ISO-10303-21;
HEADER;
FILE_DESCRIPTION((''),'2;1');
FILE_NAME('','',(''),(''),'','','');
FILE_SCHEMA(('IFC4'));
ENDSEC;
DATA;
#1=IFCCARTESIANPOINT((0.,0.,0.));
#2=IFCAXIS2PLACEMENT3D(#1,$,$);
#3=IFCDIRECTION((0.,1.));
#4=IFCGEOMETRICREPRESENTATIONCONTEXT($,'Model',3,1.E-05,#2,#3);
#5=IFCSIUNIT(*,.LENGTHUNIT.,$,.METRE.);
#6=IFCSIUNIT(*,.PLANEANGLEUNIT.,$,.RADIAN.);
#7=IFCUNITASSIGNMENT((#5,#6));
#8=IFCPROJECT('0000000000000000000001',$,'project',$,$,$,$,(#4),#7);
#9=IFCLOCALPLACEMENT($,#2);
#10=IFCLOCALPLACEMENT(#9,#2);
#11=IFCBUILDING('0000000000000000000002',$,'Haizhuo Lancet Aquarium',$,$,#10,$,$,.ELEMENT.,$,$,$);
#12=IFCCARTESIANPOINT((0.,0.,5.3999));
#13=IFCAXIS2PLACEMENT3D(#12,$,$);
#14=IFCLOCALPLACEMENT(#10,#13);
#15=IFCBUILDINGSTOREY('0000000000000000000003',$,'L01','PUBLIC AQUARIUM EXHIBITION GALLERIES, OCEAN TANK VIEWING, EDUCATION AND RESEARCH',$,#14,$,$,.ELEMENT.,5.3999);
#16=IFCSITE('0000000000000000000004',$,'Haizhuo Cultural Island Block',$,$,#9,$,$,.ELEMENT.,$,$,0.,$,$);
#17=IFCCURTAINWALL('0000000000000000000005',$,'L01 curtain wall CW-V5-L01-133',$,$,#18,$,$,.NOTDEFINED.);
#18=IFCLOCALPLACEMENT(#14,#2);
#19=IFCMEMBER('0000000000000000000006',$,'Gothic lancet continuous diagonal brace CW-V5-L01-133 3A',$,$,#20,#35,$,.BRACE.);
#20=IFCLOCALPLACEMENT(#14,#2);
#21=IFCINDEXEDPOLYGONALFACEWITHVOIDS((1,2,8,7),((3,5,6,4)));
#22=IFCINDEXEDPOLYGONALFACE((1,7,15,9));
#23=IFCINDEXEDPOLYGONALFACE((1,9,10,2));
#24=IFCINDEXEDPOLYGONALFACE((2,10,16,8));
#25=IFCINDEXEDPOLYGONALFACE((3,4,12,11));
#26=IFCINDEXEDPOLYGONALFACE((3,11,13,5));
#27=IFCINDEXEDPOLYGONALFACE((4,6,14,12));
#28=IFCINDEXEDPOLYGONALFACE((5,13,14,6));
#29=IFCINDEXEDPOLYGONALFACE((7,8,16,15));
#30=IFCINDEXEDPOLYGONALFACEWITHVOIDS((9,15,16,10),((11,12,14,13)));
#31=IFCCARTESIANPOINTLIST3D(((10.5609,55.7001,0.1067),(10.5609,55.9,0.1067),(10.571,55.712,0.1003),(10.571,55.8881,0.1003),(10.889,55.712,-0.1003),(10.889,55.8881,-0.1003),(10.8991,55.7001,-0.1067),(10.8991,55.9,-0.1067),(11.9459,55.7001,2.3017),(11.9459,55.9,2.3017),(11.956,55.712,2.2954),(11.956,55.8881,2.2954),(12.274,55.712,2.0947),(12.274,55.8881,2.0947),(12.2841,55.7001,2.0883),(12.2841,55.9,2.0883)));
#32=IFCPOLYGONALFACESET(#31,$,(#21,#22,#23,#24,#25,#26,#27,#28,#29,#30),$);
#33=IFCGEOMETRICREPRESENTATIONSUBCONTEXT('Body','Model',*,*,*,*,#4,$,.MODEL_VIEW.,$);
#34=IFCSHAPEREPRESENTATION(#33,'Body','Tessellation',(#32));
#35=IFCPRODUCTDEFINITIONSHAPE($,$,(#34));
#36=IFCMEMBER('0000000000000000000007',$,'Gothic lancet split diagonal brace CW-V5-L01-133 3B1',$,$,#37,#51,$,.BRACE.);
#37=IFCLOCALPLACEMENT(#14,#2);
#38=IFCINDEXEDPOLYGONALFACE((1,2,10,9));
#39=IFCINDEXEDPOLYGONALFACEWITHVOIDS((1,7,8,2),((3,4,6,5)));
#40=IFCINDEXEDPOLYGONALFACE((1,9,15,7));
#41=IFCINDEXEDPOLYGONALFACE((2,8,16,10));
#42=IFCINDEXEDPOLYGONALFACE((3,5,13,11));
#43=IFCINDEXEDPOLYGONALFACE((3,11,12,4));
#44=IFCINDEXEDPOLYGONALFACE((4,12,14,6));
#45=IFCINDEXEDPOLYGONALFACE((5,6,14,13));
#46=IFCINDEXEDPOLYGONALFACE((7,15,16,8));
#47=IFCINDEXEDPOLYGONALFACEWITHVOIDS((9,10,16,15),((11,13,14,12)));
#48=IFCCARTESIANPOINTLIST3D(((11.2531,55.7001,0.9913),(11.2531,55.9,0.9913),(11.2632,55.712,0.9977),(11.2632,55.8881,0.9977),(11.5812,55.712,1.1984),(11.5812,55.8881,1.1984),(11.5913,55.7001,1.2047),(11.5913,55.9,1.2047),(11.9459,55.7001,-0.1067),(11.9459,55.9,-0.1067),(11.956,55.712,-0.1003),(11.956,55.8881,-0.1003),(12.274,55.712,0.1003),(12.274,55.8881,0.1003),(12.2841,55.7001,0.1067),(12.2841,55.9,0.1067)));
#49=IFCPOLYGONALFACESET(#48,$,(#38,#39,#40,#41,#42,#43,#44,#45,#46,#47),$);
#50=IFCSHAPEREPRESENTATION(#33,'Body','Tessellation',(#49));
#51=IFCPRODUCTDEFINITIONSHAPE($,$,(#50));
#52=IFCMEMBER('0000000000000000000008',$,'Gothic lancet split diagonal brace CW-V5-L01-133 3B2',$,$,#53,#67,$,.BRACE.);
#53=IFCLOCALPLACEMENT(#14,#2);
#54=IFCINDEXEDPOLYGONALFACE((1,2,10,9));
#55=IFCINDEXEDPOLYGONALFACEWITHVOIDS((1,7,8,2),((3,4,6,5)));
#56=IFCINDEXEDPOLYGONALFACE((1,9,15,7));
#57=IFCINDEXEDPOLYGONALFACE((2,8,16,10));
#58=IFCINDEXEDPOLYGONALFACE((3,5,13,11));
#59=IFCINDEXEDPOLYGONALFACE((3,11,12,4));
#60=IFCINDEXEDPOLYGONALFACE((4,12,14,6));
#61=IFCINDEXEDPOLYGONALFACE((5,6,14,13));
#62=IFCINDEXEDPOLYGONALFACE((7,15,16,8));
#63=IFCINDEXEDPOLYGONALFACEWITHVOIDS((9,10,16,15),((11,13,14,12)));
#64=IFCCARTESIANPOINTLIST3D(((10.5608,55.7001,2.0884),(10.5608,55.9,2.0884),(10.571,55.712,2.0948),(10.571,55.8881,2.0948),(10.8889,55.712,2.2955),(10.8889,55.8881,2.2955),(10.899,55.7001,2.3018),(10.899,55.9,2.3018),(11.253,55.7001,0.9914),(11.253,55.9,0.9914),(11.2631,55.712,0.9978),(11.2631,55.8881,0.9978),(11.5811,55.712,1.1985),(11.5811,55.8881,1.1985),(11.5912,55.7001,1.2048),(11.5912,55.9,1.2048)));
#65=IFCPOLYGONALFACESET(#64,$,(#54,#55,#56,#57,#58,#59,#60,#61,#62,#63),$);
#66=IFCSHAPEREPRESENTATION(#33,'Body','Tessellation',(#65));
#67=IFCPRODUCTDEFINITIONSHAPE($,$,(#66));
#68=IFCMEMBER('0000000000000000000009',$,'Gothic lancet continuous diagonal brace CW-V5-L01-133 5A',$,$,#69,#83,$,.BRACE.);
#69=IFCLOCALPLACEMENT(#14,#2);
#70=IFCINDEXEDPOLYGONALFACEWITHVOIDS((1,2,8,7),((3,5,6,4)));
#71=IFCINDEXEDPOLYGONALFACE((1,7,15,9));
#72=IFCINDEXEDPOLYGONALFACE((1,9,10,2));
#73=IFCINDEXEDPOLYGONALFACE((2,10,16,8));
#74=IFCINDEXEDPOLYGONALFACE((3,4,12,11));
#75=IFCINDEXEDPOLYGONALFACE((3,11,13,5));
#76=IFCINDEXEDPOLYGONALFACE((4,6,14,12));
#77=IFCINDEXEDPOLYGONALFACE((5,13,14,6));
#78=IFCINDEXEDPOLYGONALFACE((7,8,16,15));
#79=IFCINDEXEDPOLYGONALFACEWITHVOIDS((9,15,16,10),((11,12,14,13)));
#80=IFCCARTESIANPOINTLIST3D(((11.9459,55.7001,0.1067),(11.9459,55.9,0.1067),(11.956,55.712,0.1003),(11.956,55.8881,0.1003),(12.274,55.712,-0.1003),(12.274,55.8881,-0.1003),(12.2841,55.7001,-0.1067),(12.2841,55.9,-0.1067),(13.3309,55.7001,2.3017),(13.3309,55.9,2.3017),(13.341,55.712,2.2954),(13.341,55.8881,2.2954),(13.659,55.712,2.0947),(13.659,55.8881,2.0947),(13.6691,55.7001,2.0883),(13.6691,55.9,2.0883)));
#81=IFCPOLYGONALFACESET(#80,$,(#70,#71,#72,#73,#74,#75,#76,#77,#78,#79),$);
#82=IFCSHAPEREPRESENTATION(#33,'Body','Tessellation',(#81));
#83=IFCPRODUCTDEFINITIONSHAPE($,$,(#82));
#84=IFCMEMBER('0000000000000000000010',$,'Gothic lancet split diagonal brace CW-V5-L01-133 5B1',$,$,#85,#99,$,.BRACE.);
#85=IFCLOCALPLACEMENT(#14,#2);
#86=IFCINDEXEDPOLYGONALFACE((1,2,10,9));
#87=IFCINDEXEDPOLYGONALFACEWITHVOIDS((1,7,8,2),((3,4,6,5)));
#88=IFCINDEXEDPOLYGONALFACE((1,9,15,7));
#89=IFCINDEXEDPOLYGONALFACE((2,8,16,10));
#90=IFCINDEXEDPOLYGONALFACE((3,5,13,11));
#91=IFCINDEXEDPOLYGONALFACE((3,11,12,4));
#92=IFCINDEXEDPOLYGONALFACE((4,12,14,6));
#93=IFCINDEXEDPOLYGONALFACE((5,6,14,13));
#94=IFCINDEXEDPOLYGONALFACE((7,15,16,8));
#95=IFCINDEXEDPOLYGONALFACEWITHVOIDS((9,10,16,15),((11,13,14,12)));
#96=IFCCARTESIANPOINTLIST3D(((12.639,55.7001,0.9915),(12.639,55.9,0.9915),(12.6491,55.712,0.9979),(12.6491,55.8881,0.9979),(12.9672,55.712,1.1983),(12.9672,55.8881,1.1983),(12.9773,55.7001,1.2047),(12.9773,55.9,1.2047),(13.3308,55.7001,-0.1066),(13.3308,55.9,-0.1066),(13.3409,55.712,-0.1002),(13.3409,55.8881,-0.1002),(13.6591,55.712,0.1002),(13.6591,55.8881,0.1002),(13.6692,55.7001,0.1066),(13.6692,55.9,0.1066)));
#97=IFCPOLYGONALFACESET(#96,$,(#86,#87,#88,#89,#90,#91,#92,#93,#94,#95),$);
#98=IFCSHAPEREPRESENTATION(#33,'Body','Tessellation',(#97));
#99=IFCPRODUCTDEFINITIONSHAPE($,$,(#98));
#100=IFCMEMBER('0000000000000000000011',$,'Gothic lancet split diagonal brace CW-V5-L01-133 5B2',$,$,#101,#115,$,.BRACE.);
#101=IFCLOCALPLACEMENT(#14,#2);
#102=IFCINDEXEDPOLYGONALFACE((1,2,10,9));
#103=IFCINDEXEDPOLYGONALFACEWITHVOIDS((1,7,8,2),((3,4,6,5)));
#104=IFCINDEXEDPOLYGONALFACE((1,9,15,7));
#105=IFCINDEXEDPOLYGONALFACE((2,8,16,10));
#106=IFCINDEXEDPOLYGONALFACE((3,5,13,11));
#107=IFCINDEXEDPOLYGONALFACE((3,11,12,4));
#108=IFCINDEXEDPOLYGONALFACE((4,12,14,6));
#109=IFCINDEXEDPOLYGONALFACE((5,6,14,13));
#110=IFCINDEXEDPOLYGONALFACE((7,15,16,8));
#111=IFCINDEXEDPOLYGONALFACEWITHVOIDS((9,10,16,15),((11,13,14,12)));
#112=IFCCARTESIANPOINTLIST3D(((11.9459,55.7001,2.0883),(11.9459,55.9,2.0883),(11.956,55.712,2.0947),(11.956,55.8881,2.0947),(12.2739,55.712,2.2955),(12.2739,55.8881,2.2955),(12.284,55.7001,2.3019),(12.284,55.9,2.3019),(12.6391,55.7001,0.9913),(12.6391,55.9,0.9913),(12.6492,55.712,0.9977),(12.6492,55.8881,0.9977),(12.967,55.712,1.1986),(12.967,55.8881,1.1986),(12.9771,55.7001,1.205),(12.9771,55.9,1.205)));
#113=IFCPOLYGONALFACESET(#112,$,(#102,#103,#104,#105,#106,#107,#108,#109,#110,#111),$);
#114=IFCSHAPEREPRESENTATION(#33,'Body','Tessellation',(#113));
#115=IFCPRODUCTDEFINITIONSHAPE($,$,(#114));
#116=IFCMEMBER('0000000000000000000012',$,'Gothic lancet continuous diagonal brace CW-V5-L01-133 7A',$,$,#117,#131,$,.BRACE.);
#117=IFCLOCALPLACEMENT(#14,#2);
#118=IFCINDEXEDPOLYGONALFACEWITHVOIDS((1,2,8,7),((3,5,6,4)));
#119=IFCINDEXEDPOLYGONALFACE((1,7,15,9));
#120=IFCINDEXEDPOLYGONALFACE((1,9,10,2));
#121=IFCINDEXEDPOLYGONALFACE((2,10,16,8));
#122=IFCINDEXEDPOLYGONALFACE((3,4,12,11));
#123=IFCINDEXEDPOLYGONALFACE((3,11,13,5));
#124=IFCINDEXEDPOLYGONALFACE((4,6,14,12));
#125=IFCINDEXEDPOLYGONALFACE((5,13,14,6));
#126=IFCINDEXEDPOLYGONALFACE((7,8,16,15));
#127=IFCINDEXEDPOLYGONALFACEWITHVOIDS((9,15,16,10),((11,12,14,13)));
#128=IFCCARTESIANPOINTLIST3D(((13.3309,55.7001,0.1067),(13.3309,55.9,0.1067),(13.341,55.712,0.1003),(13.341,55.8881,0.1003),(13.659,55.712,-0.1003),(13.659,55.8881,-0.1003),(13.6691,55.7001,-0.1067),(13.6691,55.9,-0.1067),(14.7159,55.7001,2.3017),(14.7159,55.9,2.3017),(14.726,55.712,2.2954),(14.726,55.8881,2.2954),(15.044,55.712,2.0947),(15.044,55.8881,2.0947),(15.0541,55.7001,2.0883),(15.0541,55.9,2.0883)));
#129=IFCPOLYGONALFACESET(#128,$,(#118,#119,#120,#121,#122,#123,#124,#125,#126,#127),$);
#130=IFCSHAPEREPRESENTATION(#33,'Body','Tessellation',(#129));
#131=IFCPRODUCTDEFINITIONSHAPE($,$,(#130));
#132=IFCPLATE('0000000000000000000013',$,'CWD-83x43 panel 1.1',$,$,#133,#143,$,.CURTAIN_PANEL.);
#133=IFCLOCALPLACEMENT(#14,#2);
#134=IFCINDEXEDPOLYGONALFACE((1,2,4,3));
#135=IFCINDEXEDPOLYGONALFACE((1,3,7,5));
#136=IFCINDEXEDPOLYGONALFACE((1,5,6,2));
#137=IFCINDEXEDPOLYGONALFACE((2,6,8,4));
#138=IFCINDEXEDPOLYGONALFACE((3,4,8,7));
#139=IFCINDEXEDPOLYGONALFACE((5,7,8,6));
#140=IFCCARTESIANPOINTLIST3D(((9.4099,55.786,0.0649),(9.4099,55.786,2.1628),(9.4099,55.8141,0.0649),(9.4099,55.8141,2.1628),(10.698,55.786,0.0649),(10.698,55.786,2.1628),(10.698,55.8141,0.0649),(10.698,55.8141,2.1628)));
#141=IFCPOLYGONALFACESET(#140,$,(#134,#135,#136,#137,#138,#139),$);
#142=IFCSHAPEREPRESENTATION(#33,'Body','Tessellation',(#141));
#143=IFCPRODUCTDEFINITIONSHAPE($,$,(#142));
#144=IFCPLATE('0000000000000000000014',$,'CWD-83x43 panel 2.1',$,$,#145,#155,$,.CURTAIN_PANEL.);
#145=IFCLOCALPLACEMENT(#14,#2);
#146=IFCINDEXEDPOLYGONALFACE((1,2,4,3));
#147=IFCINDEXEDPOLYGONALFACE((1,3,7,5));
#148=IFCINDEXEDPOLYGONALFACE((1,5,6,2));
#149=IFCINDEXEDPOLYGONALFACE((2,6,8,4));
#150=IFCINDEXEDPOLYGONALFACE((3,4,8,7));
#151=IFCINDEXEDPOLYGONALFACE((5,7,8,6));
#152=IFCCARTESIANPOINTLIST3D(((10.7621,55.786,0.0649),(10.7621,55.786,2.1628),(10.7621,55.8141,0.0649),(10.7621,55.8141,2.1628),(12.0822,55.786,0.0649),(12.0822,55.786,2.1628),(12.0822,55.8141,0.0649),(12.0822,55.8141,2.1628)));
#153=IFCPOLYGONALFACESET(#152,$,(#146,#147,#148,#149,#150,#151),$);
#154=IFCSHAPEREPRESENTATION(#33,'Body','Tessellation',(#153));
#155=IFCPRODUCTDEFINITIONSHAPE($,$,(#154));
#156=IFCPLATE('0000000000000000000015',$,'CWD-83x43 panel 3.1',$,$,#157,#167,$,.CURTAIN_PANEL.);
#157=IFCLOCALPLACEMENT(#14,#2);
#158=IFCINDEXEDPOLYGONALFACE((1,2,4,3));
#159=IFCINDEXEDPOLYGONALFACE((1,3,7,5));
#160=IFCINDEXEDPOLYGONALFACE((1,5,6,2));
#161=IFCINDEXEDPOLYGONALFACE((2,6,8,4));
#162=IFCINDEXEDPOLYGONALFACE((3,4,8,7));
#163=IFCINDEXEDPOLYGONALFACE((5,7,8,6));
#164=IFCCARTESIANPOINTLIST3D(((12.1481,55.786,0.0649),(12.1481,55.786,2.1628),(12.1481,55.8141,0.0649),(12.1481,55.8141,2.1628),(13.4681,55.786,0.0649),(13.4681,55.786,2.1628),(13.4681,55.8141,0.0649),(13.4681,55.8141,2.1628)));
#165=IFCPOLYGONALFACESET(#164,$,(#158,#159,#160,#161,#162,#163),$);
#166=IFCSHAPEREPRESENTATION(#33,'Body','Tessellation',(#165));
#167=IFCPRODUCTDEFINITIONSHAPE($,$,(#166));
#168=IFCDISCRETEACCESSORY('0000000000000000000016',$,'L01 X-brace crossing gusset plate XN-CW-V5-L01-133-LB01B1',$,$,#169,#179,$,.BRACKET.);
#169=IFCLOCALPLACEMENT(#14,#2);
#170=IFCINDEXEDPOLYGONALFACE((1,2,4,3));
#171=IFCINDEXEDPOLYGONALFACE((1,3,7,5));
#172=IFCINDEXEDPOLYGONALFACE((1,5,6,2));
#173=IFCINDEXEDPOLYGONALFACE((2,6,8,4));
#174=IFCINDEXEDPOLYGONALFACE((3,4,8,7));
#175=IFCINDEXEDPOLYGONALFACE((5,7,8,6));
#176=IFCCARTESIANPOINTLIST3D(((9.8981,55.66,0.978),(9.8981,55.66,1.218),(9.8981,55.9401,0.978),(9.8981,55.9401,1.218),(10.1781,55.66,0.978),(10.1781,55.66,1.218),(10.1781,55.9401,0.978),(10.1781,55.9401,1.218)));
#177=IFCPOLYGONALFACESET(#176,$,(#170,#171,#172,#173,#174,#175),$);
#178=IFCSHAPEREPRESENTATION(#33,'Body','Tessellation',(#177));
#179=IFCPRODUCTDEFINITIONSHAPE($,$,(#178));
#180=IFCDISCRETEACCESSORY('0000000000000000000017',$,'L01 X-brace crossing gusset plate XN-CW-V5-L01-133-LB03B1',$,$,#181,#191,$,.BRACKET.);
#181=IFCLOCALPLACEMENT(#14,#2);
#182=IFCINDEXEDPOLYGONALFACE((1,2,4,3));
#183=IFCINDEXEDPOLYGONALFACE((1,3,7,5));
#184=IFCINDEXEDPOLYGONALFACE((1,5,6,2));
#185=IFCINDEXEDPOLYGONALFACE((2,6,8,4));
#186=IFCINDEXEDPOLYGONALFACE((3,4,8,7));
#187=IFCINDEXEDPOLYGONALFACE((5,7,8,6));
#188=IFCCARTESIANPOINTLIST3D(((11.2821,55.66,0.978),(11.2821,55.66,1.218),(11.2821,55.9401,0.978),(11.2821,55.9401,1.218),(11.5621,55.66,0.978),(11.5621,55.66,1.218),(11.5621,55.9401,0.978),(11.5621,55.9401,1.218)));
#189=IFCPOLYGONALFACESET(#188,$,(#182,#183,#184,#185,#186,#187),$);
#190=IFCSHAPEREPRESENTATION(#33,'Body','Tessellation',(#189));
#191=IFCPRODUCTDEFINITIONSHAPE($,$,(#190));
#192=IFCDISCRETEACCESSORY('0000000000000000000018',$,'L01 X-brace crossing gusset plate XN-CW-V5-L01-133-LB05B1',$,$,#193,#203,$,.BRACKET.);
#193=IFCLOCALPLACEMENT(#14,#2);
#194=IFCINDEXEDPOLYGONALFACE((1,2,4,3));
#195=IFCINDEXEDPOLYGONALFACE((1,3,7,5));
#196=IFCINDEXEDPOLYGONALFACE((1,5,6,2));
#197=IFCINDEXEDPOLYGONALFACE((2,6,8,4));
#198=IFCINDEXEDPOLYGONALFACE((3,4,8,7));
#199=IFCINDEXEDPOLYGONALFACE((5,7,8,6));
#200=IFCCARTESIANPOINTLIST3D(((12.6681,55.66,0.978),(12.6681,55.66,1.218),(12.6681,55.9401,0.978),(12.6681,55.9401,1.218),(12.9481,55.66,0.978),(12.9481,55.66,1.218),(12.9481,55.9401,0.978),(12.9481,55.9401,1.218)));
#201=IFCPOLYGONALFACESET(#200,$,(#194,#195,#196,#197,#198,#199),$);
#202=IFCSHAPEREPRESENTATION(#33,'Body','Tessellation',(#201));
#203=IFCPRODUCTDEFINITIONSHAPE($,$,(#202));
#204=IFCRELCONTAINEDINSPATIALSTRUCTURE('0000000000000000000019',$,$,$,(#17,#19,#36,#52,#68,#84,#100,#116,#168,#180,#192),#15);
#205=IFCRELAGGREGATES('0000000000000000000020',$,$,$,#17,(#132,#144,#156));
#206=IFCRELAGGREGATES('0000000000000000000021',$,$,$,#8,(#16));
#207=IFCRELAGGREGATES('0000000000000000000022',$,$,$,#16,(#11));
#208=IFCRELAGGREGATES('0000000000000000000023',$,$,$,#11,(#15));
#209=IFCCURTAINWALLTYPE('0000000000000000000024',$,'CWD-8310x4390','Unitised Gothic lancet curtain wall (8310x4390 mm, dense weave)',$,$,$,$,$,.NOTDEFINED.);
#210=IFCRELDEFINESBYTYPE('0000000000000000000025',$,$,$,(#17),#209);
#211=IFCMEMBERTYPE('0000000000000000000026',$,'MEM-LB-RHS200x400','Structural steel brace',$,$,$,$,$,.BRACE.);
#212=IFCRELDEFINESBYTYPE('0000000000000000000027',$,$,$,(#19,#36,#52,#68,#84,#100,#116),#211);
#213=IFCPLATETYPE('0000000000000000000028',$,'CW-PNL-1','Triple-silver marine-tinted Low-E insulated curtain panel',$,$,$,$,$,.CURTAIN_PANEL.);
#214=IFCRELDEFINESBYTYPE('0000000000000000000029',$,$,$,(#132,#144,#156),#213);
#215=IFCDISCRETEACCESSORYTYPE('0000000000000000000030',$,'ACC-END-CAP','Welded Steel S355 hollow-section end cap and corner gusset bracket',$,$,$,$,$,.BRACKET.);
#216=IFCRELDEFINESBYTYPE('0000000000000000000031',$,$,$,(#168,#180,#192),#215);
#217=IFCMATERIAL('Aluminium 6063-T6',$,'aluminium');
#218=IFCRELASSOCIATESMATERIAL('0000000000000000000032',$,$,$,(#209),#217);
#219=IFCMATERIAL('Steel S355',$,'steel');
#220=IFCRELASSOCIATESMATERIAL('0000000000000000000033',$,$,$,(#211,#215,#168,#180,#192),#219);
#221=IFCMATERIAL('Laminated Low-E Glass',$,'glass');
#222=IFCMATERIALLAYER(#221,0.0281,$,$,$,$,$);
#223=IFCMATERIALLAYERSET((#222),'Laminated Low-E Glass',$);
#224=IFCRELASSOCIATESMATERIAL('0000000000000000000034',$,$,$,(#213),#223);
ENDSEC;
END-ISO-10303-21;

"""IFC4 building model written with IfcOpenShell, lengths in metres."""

from ifc_helpers import new_model, si_unit, direction, frame, origin, origin_2d, place, context, subcontext, project, spatial, rectangle, hollow_rectangle, extrude, material, layer, layer_set, material_profile, profile_set, type_object, element, aggregate, save


model = new_model("IFC4")

# Units and contexts
model_context = context("Model", 3, precision=1e-05, world=origin(), true_north=direction((0.0, 1.0)))
body_context = subcontext(model_context, "Body", "Model", "MODEL_VIEW")
ifc_project = project(units=[si_unit("LENGTHUNIT", "METRE"), si_unit("PLANEANGLEUNIT", "RADIAN")], contexts=[model_context])

# Site, building, storey
site_placement = place(None, origin())
site = spatial("IfcSite", under=ifc_project, at=site_placement, Name="Haizhuo Cultural Island Block", CompositionType="ELEMENT", RefElevation=0.0)
building_placement = place(site_placement, origin())
building = spatial("IfcBuilding", under=site, at=building_placement, Name="Haizhuo Lancet Aquarium", CompositionType="ELEMENT")
storey_placement = place(building_placement, frame((0.0, 0.0, 5.3999)))
storey = spatial("IfcBuildingStorey", under=building, at=storey_placement, Name="L01", Description="PUBLIC AQUARIUM EXHIBITION GALLERIES, OCEAN TANK VIEWING, EDUCATION AND RESEARCH", CompositionType="ELEMENT", Elevation=5.3999)

# Curtain wall
ifc_material_1 = material(Name="Aluminium 6063-T6", Category="aluminium")
curtain_wall_type = type_object("IfcCurtainWallType", Name="CWD-8310x4390", Description="Unitised Gothic lancet curtain wall (8310x4390 mm, dense weave)", PredefinedType="NOTDEFINED", material=ifc_material_1)
curtain_wall_placement = place(storey_placement, origin())
curtain_wall = element("IfcCurtainWall", 1, at=curtain_wall_placement, inside=storey, type_object=curtain_wall_type, Name="L01 curtain wall CW-V5-L01-133", PredefinedType="NOTDEFINED")

# Members
ifc_material_2 = material(Name="Steel S355", Category="steel")
ifc_material_profile_1 = material_profile(ifc_material_2, hollow_rectangle(XDim=0.2, YDim=0.3999, WallThickness=0.012, at=origin_2d()), Name="RHS 200x400x12")
ifc_profile_set_1 = profile_set([ifc_material_profile_1], Name="Steel S355")
member_type_1 = type_object("IfcMemberType", Name="MEM-LB-RHS200x400", Description="Structural steel brace", PredefinedType="BRACE", material=ifc_profile_set_1)
member_1_placement = place(storey_placement, frame((10.73, 55.8, 0.0), z_axis=(0.533621, 0.0, 0.845724), x_axis=(0.0, 1.0, 0.0)))
element("IfcMember", 2, at=member_1_placement, inside=storey, type_object=member_type_1, Name="Gothic lancet continuous diagonal brace CW-V5-L01-133 3A", PredefinedType="BRACE", context=body_context, shape_type="SweptSolid", body=[
    extrude(hollow_rectangle(XDim=0.2, YDim=0.3999, WallThickness=0.012, at=origin_2d()), origin(), (0.0, 0.0, 1.0), 2.5955),
])
member_2_placement = place(storey_placement, frame((12.115, 55.8, 0.0), z_axis=(-0.533611, 0.0, 0.84573), x_axis=(0.0, -1.0, 0.0)))
element("IfcMember", 3, at=member_2_placement, inside=storey, type_object=member_type_1, Name="Gothic lancet split diagonal brace CW-V5-L01-133 3B1", PredefinedType="BRACE", context=body_context, shape_type="SweptSolid", body=[
    extrude(hollow_rectangle(XDim=0.2, YDim=0.3999, WallThickness=0.012, at=origin_2d()), origin(), (0.0, 0.0, 1.0), 1.2983),
])
member_3_placement = place(storey_placement, frame((11.4221, 55.8, 1.0981), z_axis=(-0.533632, 0.0, 0.845717), x_axis=(0.0, -1.0, 0.0)))
element("IfcMember", 4, at=member_3_placement, inside=storey, type_object=member_type_1, Name="Gothic lancet split diagonal brace CW-V5-L01-133 3B2", PredefinedType="BRACE", context=body_context, shape_type="SweptSolid", body=[
    extrude(hollow_rectangle(XDim=0.2, YDim=0.3999, WallThickness=0.012, at=origin_2d()), origin(), (0.0, 0.0, 1.0), 1.2971),
])
member_4_placement = place(storey_placement, frame((12.115, 55.8, 0.0), z_axis=(0.533621, 0.0, 0.845724), x_axis=(0.0, 1.0, 0.0)))
element("IfcMember", 5, at=member_4_placement, inside=storey, type_object=member_type_1, Name="Gothic lancet continuous diagonal brace CW-V5-L01-133 5A", PredefinedType="BRACE", context=body_context, shape_type="SweptSolid", body=[
    extrude(hollow_rectangle(XDim=0.2, YDim=0.3999, WallThickness=0.012, at=origin_2d()), origin(), (0.0, 0.0, 1.0), 2.5955),
])
member_5_placement = place(storey_placement, frame((13.5, 55.8, 0.0), z_axis=(-0.533073, 0.0, 0.846069), x_axis=(0.0, -1.0, 0.0)))
element("IfcMember", 6, at=member_5_placement, inside=storey, type_object=member_type_1, Name="Gothic lancet split diagonal brace CW-V5-L01-133 5B1", PredefinedType="BRACE", context=body_context, shape_type="SweptSolid", body=[
    extrude(hollow_rectangle(XDim=0.2, YDim=0.3999, WallThickness=0.012, at=origin_2d()), origin(), (0.0, 0.0, 1.0), 1.2979),
])
member_6_placement = place(storey_placement, frame((12.8081, 55.8, 1.0981), z_axis=(-0.53417, 0.0, 0.845377), x_axis=(0.0, -1.0, 0.0)))
element("IfcMember", 7, at=member_6_placement, inside=storey, type_object=member_type_1, Name="Gothic lancet split diagonal brace CW-V5-L01-133 5B2", PredefinedType="BRACE", context=body_context, shape_type="SweptSolid", body=[
    extrude(hollow_rectangle(XDim=0.2, YDim=0.3999, WallThickness=0.012, at=origin_2d()), origin(), (0.0, 0.0, 1.0), 1.2976),
])
member_7_placement = place(storey_placement, frame((13.5, 55.8, 0.0), z_axis=(0.533621, 0.0, 0.845724), x_axis=(0.0, 1.0, 0.0)))
element("IfcMember", 8, at=member_7_placement, inside=storey, type_object=member_type_1, Name="Gothic lancet continuous diagonal brace CW-V5-L01-133 7A", PredefinedType="BRACE", context=body_context, shape_type="SweptSolid", body=[
    extrude(hollow_rectangle(XDim=0.2, YDim=0.3999, WallThickness=0.012, at=origin_2d()), origin(), (0.0, 0.0, 1.0), 2.5955),
])

# Plates
ifc_material_3 = material(Name="Laminated Low-E Glass", Category="glass")
ifc_layer = layer(ifc_material_3, 0.0281)
ifc_layer_set = layer_set([ifc_layer], Name="Laminated Low-E Glass")
plate_type = type_object("IfcPlateType", Name="CW-PNL-1", Description="Triple-silver marine-tinted Low-E insulated curtain panel", PredefinedType="CURTAIN_PANEL", material=ifc_layer_set)
plate_1_placement = place(storey_placement, frame((10.054, 55.8, 0.0649), z_axis=(0.0, 0.0, 1.0), x_axis=(1.0, 0.0, 0.0)))
plate_1 = element("IfcPlate", 9, at=plate_1_placement, type_object=plate_type, Name="CWD-83x43 panel 1.1", PredefinedType="CURTAIN_PANEL", context=body_context, shape_type="SweptSolid", body=[
    extrude(rectangle(XDim=1.2881, YDim=0.0281, at=origin_2d()), origin(), (0.0, 0.0, 1.0), 2.0979),
])
plate_2_placement = place(storey_placement, frame((11.4221, 55.8, 0.0649), z_axis=(0.0, 0.0, 1.0), x_axis=(1.0, 0.0, 0.0)))
plate_2 = element("IfcPlate", 10, at=plate_2_placement, type_object=plate_type, Name="CWD-83x43 panel 2.1", PredefinedType="CURTAIN_PANEL", context=body_context, shape_type="SweptSolid", body=[
    extrude(rectangle(XDim=1.3201, YDim=0.0281, at=origin_2d()), origin(), (0.0, 0.0, 1.0), 2.0979),
])
plate_3_placement = place(storey_placement, frame((12.8081, 55.8, 0.0649), z_axis=(0.0, 0.0, 1.0), x_axis=(1.0, 0.0, 0.0)))
plate_3 = element("IfcPlate", 11, at=plate_3_placement, type_object=plate_type, Name="CWD-83x43 panel 3.1", PredefinedType="CURTAIN_PANEL", context=body_context, shape_type="SweptSolid", body=[
    extrude(rectangle(XDim=1.3201, YDim=0.0281, at=origin_2d()), origin(), (0.0, 0.0, 1.0), 2.0979),
])
aggregate(curtain_wall, [plate_1, plate_2, plate_3])

# Discrete accessories
discrete_accessory_type = type_object("IfcDiscreteAccessoryType", Name="ACC-END-CAP", Description="Welded Steel S355 hollow-section end cap and corner gusset bracket", PredefinedType="BRACKET", material=ifc_material_2)
for number, where, z_axis, x_axis, name in (
    (12, (10.0381, 55.8, 0.978), (0.0, 0.0, 1.0), (1.0, 0.0, 0.0), "L01 X-brace crossing gusset plate XN-CW-V5-L01-133-LB01B1"),
    (13, (11.4221, 55.8, 0.978), (0.0, 0.0, 1.0), (1.0, 0.0, 0.0), "L01 X-brace crossing gusset plate XN-CW-V5-L01-133-LB03B1"),
    (14, (12.8081, 55.8, 0.978), (0.0, 0.0, 1.0), (1.0, 0.0, 0.0), "L01 X-brace crossing gusset plate XN-CW-V5-L01-133-LB05B1"),
):
    element("IfcDiscreteAccessory", number, at=place(storey_placement, frame(where, z_axis=z_axis, x_axis=x_axis)), inside=storey, type_object=discrete_accessory_type, material=ifc_material_2, Name=name, PredefinedType="BRACKET", context=body_context, shape_type="SweptSolid", body=[
        extrude(rectangle(XDim=0.28, YDim=0.28, at=origin_2d()), origin(), (0.0, 0.0, 1.0), 0.24),
    ])

save(model, "model.ifc")
